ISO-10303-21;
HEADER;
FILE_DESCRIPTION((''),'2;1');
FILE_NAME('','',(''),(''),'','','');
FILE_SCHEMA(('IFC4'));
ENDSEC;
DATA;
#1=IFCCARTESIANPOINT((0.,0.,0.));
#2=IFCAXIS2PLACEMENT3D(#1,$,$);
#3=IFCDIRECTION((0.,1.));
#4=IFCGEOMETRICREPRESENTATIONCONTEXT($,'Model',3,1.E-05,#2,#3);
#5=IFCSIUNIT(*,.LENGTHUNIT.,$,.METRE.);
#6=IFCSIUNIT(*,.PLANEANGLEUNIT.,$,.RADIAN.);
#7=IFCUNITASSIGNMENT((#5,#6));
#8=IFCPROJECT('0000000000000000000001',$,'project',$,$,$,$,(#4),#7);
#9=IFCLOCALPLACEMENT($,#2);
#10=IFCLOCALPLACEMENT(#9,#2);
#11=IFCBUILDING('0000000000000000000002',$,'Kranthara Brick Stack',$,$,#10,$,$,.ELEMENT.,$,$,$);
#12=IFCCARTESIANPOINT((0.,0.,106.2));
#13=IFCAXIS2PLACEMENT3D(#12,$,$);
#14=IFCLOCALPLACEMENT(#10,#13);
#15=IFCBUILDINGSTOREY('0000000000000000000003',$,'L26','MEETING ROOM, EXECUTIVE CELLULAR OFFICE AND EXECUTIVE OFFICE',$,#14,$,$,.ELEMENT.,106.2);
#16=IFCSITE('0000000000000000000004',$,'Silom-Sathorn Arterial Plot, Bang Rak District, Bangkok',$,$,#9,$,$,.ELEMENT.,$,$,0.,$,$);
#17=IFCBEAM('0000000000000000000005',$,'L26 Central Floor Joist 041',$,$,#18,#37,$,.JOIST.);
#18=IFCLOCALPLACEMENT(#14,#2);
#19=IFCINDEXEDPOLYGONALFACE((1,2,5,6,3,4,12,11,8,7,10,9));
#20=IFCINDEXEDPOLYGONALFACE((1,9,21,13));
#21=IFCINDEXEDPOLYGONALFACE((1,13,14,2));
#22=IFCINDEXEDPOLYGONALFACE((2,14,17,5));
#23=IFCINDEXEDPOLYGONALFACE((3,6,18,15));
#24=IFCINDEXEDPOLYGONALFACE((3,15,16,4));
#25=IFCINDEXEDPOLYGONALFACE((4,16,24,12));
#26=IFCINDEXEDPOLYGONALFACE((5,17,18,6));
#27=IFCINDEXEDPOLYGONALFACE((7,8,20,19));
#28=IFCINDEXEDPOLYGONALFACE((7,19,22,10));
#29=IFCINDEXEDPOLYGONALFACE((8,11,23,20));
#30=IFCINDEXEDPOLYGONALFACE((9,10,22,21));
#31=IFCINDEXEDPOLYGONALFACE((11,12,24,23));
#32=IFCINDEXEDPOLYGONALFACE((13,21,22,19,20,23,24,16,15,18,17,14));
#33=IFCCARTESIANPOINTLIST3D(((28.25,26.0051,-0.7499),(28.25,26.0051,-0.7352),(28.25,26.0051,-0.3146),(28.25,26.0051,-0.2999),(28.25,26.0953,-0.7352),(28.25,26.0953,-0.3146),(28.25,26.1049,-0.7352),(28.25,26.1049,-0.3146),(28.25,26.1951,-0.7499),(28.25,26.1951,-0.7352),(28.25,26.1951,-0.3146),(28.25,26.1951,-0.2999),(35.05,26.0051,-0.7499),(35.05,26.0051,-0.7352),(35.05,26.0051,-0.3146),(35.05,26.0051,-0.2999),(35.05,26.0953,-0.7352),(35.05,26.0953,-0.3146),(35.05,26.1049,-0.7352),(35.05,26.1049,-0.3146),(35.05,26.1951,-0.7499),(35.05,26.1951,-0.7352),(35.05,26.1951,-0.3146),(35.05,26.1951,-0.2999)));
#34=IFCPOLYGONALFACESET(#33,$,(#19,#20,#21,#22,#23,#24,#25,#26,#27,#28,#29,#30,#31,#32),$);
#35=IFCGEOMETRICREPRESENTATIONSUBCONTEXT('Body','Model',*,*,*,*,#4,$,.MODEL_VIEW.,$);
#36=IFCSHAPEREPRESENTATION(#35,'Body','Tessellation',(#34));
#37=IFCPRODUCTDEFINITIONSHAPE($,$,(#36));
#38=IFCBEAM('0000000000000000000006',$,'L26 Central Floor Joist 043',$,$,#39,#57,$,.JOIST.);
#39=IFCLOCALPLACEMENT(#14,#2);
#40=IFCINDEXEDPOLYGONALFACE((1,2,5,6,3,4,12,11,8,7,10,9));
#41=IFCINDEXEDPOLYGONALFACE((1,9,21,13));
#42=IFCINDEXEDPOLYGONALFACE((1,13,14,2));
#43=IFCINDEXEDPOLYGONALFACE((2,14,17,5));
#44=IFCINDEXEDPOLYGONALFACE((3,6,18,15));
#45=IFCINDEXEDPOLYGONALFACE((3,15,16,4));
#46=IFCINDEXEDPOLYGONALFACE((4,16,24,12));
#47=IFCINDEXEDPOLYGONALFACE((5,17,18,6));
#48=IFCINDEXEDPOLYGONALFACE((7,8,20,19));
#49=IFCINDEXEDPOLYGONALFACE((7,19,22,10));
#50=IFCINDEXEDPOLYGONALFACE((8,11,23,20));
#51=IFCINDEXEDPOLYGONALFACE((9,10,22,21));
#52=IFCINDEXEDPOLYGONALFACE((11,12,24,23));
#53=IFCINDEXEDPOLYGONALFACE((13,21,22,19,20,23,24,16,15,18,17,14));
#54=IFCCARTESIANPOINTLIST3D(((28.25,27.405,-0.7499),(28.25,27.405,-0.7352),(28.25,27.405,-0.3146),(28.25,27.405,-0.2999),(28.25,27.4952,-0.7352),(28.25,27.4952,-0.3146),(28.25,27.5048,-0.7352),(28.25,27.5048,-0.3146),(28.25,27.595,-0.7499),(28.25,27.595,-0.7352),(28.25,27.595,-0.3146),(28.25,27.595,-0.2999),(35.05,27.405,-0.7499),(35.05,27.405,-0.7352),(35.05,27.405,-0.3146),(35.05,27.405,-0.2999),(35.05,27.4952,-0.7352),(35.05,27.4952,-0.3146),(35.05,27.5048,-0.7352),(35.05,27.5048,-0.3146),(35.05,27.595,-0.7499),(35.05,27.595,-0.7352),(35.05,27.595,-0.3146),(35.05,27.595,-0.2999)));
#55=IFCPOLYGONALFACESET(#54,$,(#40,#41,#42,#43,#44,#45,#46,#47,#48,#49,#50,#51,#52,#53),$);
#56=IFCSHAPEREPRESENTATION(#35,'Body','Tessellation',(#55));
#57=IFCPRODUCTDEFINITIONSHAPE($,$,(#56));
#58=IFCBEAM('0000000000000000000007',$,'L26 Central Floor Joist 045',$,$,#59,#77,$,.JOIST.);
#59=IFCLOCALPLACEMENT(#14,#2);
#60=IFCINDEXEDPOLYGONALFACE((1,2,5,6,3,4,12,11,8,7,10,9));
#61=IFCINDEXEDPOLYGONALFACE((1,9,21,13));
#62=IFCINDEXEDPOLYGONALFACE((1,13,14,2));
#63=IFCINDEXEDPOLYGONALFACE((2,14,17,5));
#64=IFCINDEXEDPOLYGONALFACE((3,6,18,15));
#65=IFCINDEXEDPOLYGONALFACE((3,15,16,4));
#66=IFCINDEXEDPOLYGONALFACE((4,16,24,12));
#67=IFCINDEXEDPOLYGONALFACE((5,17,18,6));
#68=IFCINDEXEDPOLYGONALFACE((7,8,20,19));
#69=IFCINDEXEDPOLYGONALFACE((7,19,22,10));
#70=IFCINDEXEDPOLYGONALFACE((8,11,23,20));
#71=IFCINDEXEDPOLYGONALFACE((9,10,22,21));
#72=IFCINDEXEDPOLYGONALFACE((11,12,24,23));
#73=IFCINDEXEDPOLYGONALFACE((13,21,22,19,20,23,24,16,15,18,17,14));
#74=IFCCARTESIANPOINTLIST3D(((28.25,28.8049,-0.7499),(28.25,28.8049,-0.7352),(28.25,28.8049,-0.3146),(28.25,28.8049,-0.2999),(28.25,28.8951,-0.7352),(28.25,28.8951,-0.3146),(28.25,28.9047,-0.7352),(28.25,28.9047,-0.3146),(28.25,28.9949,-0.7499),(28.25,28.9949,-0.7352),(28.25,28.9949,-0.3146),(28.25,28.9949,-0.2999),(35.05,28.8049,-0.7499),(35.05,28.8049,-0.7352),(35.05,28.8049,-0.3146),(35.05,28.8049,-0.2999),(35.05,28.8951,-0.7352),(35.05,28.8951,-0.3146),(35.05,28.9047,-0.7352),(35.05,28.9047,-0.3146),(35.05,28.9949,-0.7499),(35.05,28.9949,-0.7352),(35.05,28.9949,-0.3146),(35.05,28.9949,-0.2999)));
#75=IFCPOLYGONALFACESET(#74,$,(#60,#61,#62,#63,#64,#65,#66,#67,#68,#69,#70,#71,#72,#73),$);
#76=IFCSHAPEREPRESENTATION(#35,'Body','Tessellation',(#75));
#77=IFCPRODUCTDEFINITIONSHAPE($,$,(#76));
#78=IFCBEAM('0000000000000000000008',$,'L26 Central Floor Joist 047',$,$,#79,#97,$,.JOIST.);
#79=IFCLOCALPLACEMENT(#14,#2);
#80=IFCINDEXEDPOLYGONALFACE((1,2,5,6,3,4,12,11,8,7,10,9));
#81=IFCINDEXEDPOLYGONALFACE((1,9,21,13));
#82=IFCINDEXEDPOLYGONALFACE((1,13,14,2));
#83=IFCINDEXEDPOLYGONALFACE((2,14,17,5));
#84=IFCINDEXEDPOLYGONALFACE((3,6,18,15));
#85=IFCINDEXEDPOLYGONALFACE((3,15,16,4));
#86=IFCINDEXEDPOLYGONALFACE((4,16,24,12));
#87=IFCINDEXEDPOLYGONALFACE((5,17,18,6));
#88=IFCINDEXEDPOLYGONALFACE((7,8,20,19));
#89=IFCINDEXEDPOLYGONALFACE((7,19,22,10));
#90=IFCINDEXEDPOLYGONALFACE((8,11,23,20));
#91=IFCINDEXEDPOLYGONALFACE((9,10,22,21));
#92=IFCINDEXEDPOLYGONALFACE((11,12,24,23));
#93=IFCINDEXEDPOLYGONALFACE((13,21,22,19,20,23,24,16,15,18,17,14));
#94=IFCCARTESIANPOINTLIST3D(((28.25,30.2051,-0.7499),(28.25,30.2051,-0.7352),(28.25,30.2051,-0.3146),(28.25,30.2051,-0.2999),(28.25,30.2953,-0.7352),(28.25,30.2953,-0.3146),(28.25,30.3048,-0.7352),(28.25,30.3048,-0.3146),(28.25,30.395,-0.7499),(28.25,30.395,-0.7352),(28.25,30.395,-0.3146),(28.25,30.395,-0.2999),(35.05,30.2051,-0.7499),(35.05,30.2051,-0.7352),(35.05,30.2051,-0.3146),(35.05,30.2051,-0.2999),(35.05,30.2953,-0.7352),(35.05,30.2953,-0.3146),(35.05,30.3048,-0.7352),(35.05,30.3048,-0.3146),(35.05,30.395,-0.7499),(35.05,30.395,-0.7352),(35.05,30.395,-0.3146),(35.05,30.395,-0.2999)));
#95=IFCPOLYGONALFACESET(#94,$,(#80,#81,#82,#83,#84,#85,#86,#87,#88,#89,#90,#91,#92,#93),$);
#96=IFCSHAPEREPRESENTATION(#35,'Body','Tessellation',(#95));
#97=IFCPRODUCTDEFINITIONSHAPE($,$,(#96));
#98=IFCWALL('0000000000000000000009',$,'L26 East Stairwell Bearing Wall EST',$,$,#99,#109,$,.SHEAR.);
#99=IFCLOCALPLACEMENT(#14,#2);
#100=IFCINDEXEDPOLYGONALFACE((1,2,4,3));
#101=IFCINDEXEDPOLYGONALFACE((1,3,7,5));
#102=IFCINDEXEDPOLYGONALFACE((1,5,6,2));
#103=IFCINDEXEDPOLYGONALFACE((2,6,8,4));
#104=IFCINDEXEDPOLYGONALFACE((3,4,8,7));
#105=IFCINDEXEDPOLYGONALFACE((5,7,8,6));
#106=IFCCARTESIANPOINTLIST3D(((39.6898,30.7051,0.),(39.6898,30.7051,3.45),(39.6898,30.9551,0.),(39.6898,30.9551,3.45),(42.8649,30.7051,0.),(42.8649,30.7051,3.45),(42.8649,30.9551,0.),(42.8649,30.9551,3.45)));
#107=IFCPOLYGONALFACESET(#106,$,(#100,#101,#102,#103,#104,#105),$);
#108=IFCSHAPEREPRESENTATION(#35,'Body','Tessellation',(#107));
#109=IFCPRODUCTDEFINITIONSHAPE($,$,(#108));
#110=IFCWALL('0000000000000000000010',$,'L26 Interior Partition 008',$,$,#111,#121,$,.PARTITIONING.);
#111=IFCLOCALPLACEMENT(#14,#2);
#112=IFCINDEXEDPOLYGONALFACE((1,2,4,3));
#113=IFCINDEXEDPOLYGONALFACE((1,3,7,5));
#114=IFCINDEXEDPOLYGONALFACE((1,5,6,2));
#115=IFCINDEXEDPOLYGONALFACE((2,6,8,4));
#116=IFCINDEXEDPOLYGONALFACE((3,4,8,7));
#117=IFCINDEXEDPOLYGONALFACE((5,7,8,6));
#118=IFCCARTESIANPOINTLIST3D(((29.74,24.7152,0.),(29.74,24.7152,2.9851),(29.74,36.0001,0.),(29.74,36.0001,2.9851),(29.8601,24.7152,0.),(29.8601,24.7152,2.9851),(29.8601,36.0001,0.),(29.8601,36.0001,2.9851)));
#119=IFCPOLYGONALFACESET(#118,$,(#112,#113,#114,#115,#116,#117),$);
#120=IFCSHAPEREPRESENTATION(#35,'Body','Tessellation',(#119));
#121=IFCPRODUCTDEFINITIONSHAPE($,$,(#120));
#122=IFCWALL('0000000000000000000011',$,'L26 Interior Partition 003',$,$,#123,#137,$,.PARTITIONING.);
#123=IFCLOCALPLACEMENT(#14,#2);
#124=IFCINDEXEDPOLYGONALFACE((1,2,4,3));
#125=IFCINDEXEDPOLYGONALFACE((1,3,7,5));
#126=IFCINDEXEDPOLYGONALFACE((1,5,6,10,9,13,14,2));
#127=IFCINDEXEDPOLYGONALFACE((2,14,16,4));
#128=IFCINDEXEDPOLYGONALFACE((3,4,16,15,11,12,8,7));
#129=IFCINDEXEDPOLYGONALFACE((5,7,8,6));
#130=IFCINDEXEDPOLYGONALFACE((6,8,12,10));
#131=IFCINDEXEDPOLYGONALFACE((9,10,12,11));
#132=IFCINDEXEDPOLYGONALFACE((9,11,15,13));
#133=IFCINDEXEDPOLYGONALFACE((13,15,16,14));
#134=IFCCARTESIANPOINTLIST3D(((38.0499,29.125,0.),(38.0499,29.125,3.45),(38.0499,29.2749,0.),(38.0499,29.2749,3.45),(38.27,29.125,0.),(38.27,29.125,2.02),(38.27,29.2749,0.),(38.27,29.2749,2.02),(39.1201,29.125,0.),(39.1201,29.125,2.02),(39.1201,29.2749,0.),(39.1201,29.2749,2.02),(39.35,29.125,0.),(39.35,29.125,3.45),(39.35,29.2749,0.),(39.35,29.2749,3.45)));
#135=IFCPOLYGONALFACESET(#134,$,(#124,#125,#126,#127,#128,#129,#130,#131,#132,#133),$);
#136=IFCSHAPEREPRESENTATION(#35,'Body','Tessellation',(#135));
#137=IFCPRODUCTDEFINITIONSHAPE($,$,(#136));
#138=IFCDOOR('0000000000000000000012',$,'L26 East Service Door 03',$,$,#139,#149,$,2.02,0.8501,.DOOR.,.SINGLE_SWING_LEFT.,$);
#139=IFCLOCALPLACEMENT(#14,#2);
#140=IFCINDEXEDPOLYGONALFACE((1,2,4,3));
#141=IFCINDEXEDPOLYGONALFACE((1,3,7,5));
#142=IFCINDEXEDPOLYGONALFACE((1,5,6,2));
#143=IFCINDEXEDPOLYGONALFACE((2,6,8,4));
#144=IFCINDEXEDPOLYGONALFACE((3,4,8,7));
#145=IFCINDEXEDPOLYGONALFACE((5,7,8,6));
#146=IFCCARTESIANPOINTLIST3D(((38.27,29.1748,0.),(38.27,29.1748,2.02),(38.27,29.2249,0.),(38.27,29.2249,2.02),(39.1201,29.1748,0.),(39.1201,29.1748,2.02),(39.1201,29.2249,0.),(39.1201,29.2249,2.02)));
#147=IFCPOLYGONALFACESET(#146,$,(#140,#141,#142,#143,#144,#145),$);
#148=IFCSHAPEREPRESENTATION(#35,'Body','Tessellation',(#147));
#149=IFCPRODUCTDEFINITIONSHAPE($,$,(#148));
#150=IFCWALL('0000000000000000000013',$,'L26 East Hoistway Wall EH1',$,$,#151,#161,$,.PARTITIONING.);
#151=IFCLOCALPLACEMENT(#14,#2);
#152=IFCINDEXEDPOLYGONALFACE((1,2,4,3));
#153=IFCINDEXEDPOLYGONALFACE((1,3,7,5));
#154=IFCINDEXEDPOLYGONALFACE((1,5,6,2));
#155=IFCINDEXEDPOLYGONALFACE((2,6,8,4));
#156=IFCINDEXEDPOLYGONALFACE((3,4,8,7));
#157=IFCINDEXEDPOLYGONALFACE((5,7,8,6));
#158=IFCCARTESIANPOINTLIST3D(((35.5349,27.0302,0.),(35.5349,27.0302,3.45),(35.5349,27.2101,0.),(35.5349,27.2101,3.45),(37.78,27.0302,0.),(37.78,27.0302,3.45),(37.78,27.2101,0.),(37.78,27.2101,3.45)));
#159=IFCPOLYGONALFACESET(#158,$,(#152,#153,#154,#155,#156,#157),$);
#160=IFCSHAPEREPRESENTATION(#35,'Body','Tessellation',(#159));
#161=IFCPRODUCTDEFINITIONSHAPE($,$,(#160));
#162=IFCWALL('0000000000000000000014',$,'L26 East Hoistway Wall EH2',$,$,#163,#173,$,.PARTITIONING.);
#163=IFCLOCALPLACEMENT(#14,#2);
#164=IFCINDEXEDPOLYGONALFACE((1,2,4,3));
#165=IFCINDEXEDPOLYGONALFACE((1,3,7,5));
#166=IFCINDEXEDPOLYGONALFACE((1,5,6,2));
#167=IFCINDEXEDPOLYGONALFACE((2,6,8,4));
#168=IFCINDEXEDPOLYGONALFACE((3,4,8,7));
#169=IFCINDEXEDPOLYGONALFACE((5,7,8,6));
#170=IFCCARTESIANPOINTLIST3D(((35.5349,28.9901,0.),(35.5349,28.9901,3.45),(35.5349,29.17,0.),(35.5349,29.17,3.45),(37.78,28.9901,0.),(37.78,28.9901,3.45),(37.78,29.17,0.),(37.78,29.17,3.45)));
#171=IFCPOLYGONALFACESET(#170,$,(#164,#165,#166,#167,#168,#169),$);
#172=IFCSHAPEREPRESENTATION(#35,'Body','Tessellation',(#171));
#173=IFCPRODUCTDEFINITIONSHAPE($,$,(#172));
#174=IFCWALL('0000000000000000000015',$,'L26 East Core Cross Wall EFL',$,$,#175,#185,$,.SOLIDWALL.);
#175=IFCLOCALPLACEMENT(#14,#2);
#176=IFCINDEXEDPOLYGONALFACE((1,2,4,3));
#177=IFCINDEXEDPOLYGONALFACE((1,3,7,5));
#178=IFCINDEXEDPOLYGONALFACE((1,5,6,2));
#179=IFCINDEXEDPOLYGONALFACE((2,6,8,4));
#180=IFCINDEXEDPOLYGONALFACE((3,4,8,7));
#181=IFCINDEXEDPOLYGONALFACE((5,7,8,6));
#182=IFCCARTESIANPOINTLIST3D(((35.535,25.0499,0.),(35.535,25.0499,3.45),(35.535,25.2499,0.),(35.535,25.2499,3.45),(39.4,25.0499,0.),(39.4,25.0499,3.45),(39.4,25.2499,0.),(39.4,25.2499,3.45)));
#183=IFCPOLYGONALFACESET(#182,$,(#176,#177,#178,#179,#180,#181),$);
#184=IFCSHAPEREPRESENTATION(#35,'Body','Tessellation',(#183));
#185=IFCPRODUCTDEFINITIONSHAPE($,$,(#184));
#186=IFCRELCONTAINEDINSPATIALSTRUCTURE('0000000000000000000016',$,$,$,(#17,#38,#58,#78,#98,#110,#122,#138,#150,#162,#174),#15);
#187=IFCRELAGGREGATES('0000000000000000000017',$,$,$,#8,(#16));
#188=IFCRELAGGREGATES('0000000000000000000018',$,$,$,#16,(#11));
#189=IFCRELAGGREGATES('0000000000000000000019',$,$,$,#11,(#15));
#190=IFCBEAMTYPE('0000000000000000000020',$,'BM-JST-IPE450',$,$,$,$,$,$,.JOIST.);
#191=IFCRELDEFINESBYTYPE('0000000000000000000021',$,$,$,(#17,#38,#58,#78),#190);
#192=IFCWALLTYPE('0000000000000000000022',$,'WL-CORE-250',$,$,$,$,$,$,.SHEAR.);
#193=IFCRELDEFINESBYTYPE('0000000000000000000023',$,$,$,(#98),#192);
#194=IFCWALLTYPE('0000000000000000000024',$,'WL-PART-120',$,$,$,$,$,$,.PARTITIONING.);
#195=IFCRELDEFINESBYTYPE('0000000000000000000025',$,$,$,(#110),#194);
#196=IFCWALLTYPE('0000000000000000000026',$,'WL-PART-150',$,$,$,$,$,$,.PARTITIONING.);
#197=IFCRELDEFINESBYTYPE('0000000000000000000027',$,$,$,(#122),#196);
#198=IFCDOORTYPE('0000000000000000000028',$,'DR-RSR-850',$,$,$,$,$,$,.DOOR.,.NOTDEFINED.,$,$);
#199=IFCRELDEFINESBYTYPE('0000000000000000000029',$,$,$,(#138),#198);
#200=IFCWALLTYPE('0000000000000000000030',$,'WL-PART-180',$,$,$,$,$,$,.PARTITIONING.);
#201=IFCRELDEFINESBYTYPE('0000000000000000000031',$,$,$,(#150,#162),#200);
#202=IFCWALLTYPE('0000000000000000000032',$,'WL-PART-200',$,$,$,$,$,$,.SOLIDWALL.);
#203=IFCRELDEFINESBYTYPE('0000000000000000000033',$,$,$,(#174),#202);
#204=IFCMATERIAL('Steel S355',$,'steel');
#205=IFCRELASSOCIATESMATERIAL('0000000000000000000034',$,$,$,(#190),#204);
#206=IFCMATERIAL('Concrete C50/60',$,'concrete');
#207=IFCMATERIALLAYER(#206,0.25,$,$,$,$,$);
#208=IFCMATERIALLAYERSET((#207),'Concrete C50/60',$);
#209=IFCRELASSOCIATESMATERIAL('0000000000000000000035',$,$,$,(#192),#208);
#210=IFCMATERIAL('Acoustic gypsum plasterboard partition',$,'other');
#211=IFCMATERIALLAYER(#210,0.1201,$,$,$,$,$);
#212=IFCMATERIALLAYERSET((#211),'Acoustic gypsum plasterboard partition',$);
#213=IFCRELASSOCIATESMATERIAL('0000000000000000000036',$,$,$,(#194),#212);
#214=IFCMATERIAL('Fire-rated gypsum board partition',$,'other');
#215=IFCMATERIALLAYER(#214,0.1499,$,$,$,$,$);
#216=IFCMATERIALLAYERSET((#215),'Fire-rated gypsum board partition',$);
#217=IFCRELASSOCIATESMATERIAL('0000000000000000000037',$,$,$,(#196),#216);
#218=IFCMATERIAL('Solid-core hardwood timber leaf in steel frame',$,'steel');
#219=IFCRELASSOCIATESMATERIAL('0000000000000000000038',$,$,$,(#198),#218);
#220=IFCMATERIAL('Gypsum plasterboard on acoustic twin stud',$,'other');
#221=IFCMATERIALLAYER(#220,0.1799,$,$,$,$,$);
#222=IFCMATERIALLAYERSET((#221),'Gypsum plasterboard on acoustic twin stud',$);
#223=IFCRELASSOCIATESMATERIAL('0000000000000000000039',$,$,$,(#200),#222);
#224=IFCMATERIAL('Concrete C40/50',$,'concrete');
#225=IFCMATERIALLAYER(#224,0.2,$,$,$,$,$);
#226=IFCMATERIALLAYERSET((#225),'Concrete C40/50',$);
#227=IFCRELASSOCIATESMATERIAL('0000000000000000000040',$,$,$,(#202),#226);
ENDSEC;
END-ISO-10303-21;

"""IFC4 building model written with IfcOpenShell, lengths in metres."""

from ifc_helpers import new_model, si_unit, direction, frame, frame_2d, origin, origin_2d, place, context, subcontext, project, spatial, rectangle, i_section, extrude, material, layer, layer_set, material_profile, profile_set, type_object, element, fill, save


model = new_model("IFC4")

# Units and contexts
model_context = context("Model", 3, precision=1e-05, world=origin(), true_north=direction((0.0, 1.0)))
body_context = subcontext(model_context, "Body", "Model", "MODEL_VIEW")
ifc_project = project(units=[si_unit("LENGTHUNIT", "METRE"), si_unit("PLANEANGLEUNIT", "RADIAN")], contexts=[model_context])

# Site, building, storey
site_placement = place(None, origin())
site = spatial("IfcSite", under=ifc_project, at=site_placement, Name="Silom-Sathorn Arterial Plot, Bang Rak District, Bangkok", CompositionType="ELEMENT", RefElevation=0.0)
building_placement = place(site_placement, origin())
building = spatial("IfcBuilding", under=site, at=building_placement, Name="Kranthara Brick Stack", CompositionType="ELEMENT")
storey_placement = place(building_placement, frame((0.0, 0.0, 106.2)))
storey = spatial("IfcBuildingStorey", under=building, at=storey_placement, Name="L26", Description="MEETING ROOM, EXECUTIVE CELLULAR OFFICE AND EXECUTIVE OFFICE", CompositionType="ELEMENT", Elevation=106.2)

# Beams
ifc_material_1 = material(Name="Steel S355", Category="steel")
ifc_material_profile = material_profile(ifc_material_1, i_section(OverallWidth=0.1899, OverallDepth=0.45, WebThickness=0.0095, FlangeThickness=0.0146, at=origin_2d()), Name="IPE 450")
ifc_profile_set = profile_set([ifc_material_profile], Name="Steel S355")
beam_type = type_object("IfcBeamType", Name="BM-JST-IPE450", PredefinedType="JOIST", material=ifc_profile_set)
for number, where, z_axis, x_axis, name in (
    (1, (28.25, 26.1001, -0.5249), (1.0, 0.0, 0.0), (0.0, 1.0, 0.0), "L26 Central Floor Joist 041"),
    (2, (28.25, 27.5, -0.5249), (1.0, 0.0, 0.0), (0.0, 1.0, 0.0), "L26 Central Floor Joist 043"),
    (3, (28.25, 28.8999, -0.5249), (1.0, 0.0, 0.0), (0.0, 1.0, 0.0), "L26 Central Floor Joist 045"),
    (4, (28.25, 30.3, -0.5249), (1.0, 0.0, 0.0), (0.0, 1.0, 0.0), "L26 Central Floor Joist 047"),
):
    element("IfcBeam", number, at=place(storey_placement, frame(where, z_axis=z_axis, x_axis=x_axis)), inside=storey, type_object=beam_type, Name=name, PredefinedType="JOIST", context=body_context, shape_type="SweptSolid", body=[
        extrude(i_section(OverallWidth=0.1899, OverallDepth=0.45, WebThickness=0.0095, FlangeThickness=0.0146, at=origin_2d()), origin(), (0.0, 0.0, 1.0), 6.8),
    ])

# Walls
ifc_material_2 = material(Name="Concrete C50/60", Category="concrete")
ifc_layer_1 = layer(ifc_material_2, 0.25)
ifc_layer_set_1 = layer_set([ifc_layer_1], Name="Concrete C50/60")
wall_type_1 = type_object("IfcWallType", Name="WL-CORE-250", PredefinedType="SHEAR", material=ifc_layer_set_1)
wall_1_placement = place(storey_placement, frame((39.6899, 30.8301, 0.0), z_axis=(0.0, 0.0, 1.0), x_axis=(1.0, 0.0, 0.0)))
element("IfcWall", 5, at=wall_1_placement, inside=storey, type_object=wall_type_1, Name="L26 East Stairwell Bearing Wall EST", PredefinedType="SHEAR", context=body_context, shape_type="SweptSolid", body=[
    extrude(rectangle(XDim=3.175, YDim=0.25, at=frame_2d((1.5874, 0.0))), origin(), (0.0, 0.0, 1.0), 3.45),
])
ifc_material_3 = material(Name="Acoustic gypsum plasterboard partition", Category="other")
ifc_layer_2 = layer(ifc_material_3, 0.1201)
ifc_layer_set_2 = layer_set([ifc_layer_2], Name="Acoustic gypsum plasterboard partition")
wall_type_2 = type_object("IfcWallType", Name="WL-PART-120", PredefinedType="PARTITIONING", material=ifc_layer_set_2)
wall_2_placement = place(storey_placement, frame((29.8, 24.7151, 0.0), z_axis=(0.0, 0.0, 1.0), x_axis=(0.0, 1.0, 0.0)))
element("IfcWall", 6, at=wall_2_placement, inside=storey, type_object=wall_type_2, Name="L26 Interior Partition 008", PredefinedType="PARTITIONING", context=body_context, shape_type="SweptSolid", body=[
    extrude(rectangle(XDim=11.2849, YDim=0.1201, at=frame_2d((5.6426, 0.0))), origin(), (0.0, 0.0, 1.0), 2.9851),
])

# Wall, opening, door
ifc_material_4 = material(Name="Fire-rated gypsum board partition", Category="other")
ifc_layer_3 = layer(ifc_material_4, 0.1499)
ifc_layer_set_3 = layer_set([ifc_layer_3], Name="Fire-rated gypsum board partition")
wall_type_3 = type_object("IfcWallType", Name="WL-PART-150", PredefinedType="PARTITIONING", material=ifc_layer_set_3)
wall_3_placement = place(storey_placement, frame((38.05, 29.2, 0.0), z_axis=(0.0, 0.0, 1.0), x_axis=(1.0, 0.0, 0.0)))
wall_3 = element("IfcWall", 7, at=wall_3_placement, inside=storey, type_object=wall_type_3, Name="L26 Interior Partition 003", PredefinedType="PARTITIONING", context=body_context, shape_type="SweptSolid", body=[
    extrude(rectangle(XDim=1.3, YDim=0.1499, at=frame_2d((0.6499, 0.0))), origin(), (0.0, 0.0, 1.0), 3.45),
])
opening_placement = place(wall_3_placement, frame((0.22, 0.0, 0.0)))
opening = element("IfcOpeningElement", 8, at=opening_placement, cuts=wall_3, PredefinedType="OPENING", context=body_context, shape_type="SweptSolid", body=[
    extrude(rectangle(XDim=0.8501, YDim=2.02, at=frame_2d((0.425, 1.01))), frame((0.0, 0.085, 0.0), z_axis=(0.0, -1.0, 0.0), x_axis=(1.0, 0.0, 0.0)), (0.0, 0.0, 1.0), 0.1699),
])
ifc_material_5 = material(Name="Solid-core hardwood timber leaf in steel frame", Category="steel")
door_type = type_object("IfcDoorType", Name="DR-RSR-850", OperationType="NOTDEFINED", PredefinedType="DOOR", material=ifc_material_5)
door_placement = place(opening_placement, origin())
door = element("IfcDoor", 9, at=door_placement, inside=storey, type_object=door_type, Name="L26 East Service Door 03", OperationType="SINGLE_SWING_LEFT", OverallHeight=2.02, OverallWidth=0.8501, PredefinedType="DOOR", context=body_context, shape_type="SweptSolid", body=[
    extrude(rectangle(XDim=0.8501, YDim=2.02, at=frame_2d((0.425, 1.01))), frame((0.0, 0.0249, 0.0), z_axis=(0.0, -1.0, 0.0), x_axis=(1.0, 0.0, 0.0)), (0.0, 0.0, 1.0), 0.05),
])
fill(opening, door)

# Walls
ifc_material_6 = material(Name="Gypsum plasterboard on acoustic twin stud", Category="other")
ifc_layer_4 = layer(ifc_material_6, 0.1799)
ifc_layer_set_4 = layer_set([ifc_layer_4], Name="Gypsum plasterboard on acoustic twin stud")
wall_type_4 = type_object("IfcWallType", Name="WL-PART-180", PredefinedType="PARTITIONING", material=ifc_layer_set_4)
for number, where, z_axis, x_axis, name in (
    (10, (35.5349, 27.1201, 0.0), (0.0, 0.0, 1.0), (1.0, 0.0, 0.0), "L26 East Hoistway Wall EH1"),
    (11, (35.5349, 29.0801, 0.0), (0.0, 0.0, 1.0), (1.0, 0.0, 0.0), "L26 East Hoistway Wall EH2"),
):
    element("IfcWall", number, at=place(storey_placement, frame(where, z_axis=z_axis, x_axis=x_axis)), inside=storey, type_object=wall_type_4, Name=name, PredefinedType="PARTITIONING", context=body_context, shape_type="SweptSolid", body=[
        extrude(rectangle(XDim=2.2451, YDim=0.1799, at=frame_2d((1.1226, 0.0))), origin(), (0.0, 0.0, 1.0), 3.45),
    ])
ifc_material_7 = material(Name="Concrete C40/50", Category="concrete")
ifc_layer_5 = layer(ifc_material_7, 0.2)
ifc_layer_set_5 = layer_set([ifc_layer_5], Name="Concrete C40/50")
wall_type_5 = type_object("IfcWallType", Name="WL-PART-200", PredefinedType="SOLIDWALL", material=ifc_layer_set_5)
wall_4_placement = place(storey_placement, frame((35.5349, 25.1499, 0.0), z_axis=(0.0, 0.0, 1.0), x_axis=(1.0, 0.0, 0.0)))
element("IfcWall", 12, at=wall_4_placement, inside=storey, type_object=wall_type_5, Name="L26 East Core Cross Wall EFL", PredefinedType="SOLIDWALL", context=body_context, shape_type="SweptSolid", body=[
    extrude(rectangle(XDim=3.865, YDim=0.2, at=frame_2d((1.9326, 0.0))), origin(), (0.0, 0.0, 1.0), 3.45),
])

save(model, "model.ifc")
